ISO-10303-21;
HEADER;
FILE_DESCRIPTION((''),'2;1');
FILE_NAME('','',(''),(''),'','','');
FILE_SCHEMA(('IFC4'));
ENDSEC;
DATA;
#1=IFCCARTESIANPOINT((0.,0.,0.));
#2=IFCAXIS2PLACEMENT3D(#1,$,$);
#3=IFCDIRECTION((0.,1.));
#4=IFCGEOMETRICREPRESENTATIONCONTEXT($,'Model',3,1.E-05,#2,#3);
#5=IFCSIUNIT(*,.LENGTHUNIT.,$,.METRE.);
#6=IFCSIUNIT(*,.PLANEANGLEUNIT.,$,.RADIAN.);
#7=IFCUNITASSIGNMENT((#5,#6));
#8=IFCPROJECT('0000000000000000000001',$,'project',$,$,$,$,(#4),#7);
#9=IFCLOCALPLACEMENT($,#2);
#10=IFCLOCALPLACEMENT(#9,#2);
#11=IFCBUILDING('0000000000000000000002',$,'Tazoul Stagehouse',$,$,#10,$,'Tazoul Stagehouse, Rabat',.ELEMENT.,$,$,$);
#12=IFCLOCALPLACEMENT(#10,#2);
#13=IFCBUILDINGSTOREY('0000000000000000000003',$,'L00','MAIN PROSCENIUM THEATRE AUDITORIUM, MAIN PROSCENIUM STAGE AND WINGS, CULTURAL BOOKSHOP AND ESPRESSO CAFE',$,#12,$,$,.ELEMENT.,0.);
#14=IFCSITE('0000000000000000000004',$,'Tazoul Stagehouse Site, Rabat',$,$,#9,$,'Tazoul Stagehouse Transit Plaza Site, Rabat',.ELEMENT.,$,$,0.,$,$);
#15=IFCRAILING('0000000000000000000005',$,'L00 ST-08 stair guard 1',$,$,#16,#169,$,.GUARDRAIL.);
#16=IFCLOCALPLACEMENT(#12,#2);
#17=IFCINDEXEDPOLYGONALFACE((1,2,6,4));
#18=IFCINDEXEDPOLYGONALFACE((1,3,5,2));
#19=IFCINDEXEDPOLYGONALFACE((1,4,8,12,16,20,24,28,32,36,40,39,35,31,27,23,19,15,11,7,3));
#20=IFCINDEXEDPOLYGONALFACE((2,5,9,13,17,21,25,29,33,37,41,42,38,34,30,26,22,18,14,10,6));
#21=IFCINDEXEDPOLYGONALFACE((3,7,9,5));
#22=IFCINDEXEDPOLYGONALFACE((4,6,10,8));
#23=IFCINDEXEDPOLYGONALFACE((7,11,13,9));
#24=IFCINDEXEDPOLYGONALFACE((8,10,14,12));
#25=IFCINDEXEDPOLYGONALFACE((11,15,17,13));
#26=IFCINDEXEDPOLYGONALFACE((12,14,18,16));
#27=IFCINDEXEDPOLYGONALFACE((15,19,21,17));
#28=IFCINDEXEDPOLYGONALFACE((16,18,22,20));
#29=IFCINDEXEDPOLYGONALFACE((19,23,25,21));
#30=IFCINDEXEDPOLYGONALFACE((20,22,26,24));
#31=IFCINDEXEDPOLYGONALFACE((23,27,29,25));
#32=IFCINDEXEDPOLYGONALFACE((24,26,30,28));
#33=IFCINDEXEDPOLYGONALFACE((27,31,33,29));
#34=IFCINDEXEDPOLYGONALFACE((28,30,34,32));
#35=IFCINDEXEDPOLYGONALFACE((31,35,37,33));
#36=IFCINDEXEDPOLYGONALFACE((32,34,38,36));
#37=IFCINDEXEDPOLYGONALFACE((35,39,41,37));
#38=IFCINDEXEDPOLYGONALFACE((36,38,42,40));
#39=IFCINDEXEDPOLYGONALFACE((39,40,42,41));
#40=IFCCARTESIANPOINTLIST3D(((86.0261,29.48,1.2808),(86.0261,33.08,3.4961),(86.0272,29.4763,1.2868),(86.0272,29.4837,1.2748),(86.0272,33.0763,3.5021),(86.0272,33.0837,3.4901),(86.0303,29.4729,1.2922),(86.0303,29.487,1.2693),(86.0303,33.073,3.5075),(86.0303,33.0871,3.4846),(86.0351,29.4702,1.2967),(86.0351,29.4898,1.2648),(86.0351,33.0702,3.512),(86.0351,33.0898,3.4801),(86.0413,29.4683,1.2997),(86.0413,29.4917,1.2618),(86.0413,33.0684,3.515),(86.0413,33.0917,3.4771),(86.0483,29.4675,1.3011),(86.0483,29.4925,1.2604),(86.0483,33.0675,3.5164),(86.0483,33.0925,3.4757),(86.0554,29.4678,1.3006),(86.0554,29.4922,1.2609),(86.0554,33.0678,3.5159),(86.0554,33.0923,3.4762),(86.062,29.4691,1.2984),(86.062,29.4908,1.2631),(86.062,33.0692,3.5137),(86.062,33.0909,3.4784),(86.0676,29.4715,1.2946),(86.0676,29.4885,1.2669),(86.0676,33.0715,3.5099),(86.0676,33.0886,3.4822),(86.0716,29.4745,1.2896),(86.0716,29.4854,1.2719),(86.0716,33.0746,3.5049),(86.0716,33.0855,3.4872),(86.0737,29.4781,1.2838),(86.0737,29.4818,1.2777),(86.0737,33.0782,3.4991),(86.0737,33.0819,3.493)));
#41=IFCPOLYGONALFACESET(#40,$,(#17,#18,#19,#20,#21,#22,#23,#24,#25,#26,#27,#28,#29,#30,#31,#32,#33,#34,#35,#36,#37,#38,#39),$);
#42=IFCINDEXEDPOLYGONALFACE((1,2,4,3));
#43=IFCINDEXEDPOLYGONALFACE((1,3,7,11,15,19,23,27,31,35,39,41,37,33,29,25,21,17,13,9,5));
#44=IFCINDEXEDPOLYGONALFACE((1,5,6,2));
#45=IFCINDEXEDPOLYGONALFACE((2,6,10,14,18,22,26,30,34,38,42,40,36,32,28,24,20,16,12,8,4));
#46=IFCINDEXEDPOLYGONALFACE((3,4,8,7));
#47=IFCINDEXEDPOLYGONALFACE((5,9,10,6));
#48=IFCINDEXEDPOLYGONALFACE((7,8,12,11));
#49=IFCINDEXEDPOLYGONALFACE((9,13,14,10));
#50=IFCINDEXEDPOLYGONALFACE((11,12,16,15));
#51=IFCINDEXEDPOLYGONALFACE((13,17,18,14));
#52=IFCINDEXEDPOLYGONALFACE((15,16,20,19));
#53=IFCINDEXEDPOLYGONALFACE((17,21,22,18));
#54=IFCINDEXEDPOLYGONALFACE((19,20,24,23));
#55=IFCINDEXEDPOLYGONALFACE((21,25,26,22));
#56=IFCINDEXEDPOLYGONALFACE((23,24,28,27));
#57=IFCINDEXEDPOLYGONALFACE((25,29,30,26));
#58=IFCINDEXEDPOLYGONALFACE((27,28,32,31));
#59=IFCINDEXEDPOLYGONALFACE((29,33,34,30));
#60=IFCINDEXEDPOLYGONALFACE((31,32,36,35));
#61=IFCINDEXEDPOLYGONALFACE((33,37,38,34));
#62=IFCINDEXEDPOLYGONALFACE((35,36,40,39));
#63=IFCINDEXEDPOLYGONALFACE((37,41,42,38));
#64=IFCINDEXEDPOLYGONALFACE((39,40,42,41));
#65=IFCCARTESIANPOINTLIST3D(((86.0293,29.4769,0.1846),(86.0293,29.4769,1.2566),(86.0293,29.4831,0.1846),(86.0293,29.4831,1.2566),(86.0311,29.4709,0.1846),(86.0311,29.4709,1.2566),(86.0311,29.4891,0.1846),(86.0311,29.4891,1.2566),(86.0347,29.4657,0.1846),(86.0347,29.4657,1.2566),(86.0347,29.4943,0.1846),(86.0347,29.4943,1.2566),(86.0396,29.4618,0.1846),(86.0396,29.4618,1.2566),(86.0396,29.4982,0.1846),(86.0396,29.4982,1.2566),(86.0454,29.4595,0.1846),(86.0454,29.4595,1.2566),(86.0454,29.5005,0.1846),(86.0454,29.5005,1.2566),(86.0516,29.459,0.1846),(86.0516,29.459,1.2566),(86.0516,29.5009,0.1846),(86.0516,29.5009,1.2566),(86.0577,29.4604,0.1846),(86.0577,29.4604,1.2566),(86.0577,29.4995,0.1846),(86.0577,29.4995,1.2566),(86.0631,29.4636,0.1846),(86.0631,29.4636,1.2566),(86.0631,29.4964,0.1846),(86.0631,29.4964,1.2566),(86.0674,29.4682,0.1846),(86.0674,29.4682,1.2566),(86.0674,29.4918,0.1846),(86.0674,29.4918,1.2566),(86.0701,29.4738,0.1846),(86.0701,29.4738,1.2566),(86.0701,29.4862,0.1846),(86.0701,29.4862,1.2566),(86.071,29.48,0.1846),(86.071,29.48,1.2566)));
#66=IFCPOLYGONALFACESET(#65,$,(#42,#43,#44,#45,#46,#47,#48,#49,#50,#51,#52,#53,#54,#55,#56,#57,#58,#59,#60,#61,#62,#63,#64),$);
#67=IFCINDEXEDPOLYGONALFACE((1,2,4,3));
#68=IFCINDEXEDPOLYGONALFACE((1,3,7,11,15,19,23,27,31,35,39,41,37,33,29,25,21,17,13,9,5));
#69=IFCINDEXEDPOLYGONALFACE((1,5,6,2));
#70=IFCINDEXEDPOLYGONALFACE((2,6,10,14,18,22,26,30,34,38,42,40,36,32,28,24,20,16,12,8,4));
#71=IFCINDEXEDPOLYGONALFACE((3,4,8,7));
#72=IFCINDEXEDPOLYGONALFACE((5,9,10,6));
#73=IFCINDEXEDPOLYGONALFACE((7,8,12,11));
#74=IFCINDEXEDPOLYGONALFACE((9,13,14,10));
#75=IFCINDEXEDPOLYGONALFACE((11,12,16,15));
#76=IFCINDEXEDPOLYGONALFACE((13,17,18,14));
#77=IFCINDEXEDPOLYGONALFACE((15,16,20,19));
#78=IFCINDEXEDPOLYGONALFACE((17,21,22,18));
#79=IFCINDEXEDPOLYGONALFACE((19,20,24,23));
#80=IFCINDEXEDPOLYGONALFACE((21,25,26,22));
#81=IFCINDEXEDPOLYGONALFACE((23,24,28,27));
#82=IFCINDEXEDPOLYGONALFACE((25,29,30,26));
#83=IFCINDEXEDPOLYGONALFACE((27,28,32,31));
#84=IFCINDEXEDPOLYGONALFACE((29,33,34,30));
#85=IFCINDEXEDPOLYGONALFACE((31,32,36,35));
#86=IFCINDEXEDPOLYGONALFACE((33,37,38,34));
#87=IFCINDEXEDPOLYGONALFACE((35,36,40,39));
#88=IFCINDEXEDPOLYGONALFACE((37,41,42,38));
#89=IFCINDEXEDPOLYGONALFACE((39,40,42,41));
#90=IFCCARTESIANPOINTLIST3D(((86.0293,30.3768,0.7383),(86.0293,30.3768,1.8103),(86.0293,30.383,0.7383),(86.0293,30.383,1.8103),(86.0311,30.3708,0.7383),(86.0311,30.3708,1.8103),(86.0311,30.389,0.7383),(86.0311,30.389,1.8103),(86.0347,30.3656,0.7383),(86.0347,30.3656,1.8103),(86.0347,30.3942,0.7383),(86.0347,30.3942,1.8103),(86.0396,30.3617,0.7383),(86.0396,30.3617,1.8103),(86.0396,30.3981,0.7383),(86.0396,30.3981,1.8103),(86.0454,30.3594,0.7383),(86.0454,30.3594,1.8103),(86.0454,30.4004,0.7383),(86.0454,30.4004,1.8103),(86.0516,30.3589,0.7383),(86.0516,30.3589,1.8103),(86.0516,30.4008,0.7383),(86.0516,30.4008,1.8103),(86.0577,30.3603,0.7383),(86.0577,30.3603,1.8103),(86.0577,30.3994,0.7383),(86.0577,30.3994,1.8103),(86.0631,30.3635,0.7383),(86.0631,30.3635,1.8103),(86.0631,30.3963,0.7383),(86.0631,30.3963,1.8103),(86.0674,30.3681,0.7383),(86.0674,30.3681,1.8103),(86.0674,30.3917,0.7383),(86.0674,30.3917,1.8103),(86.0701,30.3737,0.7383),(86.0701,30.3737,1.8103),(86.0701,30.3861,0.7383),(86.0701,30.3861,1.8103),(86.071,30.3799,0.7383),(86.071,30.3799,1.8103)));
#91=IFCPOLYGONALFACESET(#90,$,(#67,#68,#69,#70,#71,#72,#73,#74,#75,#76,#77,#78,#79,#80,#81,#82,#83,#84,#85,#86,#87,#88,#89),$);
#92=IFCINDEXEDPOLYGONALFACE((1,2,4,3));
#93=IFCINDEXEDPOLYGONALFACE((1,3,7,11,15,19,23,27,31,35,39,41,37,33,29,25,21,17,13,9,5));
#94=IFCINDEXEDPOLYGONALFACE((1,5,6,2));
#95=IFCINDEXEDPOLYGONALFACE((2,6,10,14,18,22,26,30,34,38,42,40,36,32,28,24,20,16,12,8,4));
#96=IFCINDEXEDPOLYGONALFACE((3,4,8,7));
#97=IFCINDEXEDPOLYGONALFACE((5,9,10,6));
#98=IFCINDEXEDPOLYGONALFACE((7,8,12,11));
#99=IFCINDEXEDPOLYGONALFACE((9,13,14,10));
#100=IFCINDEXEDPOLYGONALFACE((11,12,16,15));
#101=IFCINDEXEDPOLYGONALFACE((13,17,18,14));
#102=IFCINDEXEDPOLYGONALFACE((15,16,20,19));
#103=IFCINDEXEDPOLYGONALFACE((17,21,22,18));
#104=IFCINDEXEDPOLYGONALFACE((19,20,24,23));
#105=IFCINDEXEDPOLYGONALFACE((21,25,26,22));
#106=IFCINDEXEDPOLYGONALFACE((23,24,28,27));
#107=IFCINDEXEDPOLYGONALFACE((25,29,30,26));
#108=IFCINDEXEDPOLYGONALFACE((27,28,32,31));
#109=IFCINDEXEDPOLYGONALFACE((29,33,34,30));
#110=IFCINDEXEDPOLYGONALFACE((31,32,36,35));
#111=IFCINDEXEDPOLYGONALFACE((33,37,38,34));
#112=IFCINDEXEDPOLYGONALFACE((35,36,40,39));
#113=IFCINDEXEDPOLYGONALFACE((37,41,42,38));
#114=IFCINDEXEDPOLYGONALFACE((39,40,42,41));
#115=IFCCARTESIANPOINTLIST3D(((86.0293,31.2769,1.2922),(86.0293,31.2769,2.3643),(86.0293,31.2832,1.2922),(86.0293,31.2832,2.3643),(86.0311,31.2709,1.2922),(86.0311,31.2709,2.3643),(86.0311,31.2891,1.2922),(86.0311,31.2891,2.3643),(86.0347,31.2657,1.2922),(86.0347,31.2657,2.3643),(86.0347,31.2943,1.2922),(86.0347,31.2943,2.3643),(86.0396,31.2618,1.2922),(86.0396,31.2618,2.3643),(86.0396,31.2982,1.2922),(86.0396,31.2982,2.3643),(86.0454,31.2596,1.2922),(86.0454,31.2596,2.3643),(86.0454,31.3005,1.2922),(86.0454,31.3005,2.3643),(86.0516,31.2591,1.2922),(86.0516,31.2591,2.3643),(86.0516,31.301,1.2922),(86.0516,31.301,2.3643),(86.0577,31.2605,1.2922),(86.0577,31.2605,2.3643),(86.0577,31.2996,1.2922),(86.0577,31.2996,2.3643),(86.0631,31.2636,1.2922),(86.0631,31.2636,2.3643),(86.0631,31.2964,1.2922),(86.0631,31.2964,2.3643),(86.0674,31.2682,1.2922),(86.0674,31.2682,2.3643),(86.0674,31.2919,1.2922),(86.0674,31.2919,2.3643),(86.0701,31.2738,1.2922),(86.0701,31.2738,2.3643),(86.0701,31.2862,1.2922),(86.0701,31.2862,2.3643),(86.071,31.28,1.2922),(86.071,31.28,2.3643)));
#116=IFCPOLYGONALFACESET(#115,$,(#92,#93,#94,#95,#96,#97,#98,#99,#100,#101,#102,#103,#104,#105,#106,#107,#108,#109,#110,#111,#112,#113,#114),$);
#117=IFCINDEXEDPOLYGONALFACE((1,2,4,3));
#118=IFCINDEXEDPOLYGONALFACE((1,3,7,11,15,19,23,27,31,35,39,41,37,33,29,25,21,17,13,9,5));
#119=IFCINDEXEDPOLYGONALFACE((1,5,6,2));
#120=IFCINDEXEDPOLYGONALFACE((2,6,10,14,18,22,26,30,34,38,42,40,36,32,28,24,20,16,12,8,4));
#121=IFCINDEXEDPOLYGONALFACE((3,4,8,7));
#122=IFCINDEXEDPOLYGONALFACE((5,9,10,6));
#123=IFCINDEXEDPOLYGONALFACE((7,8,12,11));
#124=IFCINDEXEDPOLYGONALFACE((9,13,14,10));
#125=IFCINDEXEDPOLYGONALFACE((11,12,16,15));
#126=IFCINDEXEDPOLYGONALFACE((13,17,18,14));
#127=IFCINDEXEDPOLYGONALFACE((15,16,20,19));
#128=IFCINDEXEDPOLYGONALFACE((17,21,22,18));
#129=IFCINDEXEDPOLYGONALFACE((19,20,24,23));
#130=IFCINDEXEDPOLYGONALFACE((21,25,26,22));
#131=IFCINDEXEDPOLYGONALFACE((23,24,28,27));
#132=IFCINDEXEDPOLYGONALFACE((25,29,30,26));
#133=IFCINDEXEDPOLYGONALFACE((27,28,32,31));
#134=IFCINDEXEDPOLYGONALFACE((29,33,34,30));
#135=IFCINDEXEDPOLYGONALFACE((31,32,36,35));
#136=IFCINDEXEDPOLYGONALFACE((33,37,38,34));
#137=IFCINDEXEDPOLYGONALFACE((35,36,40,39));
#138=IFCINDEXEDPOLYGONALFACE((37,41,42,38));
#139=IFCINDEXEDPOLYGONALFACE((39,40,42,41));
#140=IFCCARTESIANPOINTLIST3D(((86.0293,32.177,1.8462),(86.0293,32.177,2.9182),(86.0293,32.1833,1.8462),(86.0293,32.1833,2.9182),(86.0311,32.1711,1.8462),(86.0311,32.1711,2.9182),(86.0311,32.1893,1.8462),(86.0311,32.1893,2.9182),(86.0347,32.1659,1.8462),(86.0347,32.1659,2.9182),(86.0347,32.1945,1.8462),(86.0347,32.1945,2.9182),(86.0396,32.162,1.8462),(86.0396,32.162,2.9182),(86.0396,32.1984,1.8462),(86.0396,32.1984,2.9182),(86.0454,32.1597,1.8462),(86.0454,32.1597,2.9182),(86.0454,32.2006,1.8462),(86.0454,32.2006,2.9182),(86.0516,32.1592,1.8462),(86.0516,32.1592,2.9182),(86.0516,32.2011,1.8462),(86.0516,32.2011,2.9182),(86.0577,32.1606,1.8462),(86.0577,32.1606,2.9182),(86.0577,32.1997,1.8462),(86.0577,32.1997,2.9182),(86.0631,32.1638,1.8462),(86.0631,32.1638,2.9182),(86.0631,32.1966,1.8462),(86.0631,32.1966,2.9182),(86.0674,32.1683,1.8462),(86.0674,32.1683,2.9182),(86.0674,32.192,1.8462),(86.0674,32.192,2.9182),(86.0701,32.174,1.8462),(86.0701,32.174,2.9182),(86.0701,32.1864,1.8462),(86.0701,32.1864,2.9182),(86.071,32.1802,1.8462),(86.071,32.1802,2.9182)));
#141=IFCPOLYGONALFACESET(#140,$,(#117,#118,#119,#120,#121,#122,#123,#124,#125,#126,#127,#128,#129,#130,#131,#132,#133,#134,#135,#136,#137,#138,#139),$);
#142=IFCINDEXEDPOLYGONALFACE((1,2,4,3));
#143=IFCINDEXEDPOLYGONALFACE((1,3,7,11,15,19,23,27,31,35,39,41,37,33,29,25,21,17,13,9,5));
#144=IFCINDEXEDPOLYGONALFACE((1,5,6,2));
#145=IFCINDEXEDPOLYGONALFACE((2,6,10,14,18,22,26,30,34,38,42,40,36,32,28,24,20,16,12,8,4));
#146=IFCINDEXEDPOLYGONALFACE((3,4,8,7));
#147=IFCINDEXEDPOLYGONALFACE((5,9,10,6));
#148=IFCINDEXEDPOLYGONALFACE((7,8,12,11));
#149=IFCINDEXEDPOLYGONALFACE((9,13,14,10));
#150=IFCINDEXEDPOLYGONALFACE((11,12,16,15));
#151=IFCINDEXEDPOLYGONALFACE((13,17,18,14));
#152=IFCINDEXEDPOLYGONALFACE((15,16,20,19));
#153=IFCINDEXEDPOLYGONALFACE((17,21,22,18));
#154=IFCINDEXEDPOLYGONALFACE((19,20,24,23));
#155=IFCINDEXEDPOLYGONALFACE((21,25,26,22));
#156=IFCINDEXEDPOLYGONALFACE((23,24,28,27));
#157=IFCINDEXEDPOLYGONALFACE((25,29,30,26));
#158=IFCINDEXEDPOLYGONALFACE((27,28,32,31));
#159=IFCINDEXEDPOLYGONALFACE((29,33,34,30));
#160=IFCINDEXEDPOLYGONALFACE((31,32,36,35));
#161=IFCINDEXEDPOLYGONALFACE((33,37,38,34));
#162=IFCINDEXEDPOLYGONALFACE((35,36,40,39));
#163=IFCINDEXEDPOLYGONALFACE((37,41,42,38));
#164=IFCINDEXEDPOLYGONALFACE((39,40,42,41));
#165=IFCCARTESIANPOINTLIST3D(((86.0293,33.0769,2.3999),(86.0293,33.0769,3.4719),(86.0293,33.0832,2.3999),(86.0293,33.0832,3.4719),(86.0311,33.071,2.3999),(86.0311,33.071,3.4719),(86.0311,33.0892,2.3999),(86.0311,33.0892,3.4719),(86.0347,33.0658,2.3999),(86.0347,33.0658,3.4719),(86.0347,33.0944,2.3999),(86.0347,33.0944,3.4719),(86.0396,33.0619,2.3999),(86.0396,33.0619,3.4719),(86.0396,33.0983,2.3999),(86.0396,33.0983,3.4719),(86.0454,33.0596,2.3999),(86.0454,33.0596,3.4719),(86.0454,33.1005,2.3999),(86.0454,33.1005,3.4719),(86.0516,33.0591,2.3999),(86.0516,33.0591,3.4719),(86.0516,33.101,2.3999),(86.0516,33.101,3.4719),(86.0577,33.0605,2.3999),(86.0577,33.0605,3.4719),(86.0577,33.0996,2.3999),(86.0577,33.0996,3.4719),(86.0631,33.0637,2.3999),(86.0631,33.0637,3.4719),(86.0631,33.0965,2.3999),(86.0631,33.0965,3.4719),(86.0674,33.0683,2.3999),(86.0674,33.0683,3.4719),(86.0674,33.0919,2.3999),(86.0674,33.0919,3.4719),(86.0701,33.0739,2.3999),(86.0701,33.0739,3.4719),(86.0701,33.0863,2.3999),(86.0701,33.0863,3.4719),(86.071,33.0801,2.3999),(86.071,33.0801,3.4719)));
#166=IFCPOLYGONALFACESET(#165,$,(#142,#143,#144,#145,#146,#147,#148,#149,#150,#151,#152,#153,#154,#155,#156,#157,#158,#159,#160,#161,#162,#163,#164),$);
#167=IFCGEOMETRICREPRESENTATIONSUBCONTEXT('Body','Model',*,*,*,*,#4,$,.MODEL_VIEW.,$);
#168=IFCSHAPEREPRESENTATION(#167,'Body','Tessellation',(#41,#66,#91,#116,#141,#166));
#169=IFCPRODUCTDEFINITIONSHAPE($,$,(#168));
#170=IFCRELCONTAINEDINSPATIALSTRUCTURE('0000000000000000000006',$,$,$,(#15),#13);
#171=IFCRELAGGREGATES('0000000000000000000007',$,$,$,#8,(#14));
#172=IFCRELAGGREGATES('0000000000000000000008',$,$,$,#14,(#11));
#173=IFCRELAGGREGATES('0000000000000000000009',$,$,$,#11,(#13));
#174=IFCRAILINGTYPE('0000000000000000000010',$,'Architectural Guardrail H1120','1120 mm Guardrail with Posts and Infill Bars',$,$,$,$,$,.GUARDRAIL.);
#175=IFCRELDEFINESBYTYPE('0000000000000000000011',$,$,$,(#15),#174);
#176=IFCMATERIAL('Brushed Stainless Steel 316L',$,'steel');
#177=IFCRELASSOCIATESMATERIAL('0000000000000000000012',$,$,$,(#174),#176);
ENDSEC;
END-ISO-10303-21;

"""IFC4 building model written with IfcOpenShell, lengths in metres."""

from ifc_helpers import new_model, si_unit, direction, frame, origin, origin_2d, place, context, subcontext, project, spatial, circle, extrude, material, material_profile, profile_set, type_object, element, save


model = new_model("IFC4")

# Units and contexts
model_context = context("Model", 3, precision=1e-05, world=origin(), true_north=direction((0.0, 1.0)))
body_context = subcontext(model_context, "Body", "Model", "MODEL_VIEW")
ifc_project = project(units=[si_unit("LENGTHUNIT", "METRE"), si_unit("PLANEANGLEUNIT", "RADIAN")], contexts=[model_context])

# Site, building, storey
site_placement = place(None, origin())
site = spatial("IfcSite", under=ifc_project, at=site_placement, Name="Tazoul Stagehouse Site, Rabat", LongName="Tazoul Stagehouse Transit Plaza Site, Rabat", CompositionType="ELEMENT", RefElevation=0.0)
building_placement = place(site_placement, origin())
building = spatial("IfcBuilding", under=site, at=building_placement, Name="Tazoul Stagehouse", LongName="Tazoul Stagehouse, Rabat", CompositionType="ELEMENT")
storey_placement = place(building_placement, origin())
storey = spatial("IfcBuildingStorey", under=building, at=storey_placement, Name="L00", Description="MAIN PROSCENIUM THEATRE AUDITORIUM, MAIN PROSCENIUM STAGE AND WINGS, CULTURAL BOOKSHOP AND ESPRESSO CAFE", CompositionType="ELEMENT", Elevation=0.0)

# Railing
ifc_material_1 = material(Name="Brushed Stainless Steel 316L", Category="steel")
ifc_material_profile_1 = material_profile(ifc_material_1, circle(Radius=0.0239, at=origin_2d()), Name="SS RAIL D48")
ifc_profile_set_1 = profile_set([ifc_material_profile_1], Name="Brushed Stainless Steel 316L")
railing_type_1 = type_object("IfcRailingType", Name="Architectural Guardrail H1120", Description="1120 mm Guardrail with Posts and Infill Bars", PredefinedType="GUARDRAIL", material=ifc_profile_set_1)
railing_1_placement = place(storey_placement, frame((86.05, 29.48, 0.1846)))
element("IfcRailing", 1, at=railing_1_placement, inside=storey, type_object=railing_type_1, Name="L00 ST-08 stair guard 1", PredefinedType="GUARDRAIL", context=body_context, shape_type="SweptSolid", body=[
    extrude(circle(Radius=0.0239, at=origin_2d()), frame((0.0, 0.0, 1.0962), z_axis=(0.0, 0.85167, 0.524078), x_axis=(-1.0, 0.0, 0.0)), (0.0, 0.0, 1.0), 4.2271),
    extrude(circle(Radius=0.021, at=origin_2d()), origin(), (0.0, 0.0, 1.0), 1.072),
    extrude(circle(Radius=0.021, at=origin_2d()), frame((0.0, 0.8999, 0.5537)), (0.0, 0.0, 1.0), 1.072),
    extrude(circle(Radius=0.021, at=origin_2d()), frame((0.0, 1.8, 1.1077)), (0.0, 0.0, 1.0), 1.072),
    extrude(circle(Radius=0.021, at=origin_2d()), frame((0.0, 2.7002, 1.6616)), (0.0, 0.0, 1.0), 1.072),
    extrude(circle(Radius=0.021, at=origin_2d()), frame((0.0, 3.6001, 2.2153)), (0.0, 0.0, 1.0), 1.072),
])

save(model, "model.ifc")
